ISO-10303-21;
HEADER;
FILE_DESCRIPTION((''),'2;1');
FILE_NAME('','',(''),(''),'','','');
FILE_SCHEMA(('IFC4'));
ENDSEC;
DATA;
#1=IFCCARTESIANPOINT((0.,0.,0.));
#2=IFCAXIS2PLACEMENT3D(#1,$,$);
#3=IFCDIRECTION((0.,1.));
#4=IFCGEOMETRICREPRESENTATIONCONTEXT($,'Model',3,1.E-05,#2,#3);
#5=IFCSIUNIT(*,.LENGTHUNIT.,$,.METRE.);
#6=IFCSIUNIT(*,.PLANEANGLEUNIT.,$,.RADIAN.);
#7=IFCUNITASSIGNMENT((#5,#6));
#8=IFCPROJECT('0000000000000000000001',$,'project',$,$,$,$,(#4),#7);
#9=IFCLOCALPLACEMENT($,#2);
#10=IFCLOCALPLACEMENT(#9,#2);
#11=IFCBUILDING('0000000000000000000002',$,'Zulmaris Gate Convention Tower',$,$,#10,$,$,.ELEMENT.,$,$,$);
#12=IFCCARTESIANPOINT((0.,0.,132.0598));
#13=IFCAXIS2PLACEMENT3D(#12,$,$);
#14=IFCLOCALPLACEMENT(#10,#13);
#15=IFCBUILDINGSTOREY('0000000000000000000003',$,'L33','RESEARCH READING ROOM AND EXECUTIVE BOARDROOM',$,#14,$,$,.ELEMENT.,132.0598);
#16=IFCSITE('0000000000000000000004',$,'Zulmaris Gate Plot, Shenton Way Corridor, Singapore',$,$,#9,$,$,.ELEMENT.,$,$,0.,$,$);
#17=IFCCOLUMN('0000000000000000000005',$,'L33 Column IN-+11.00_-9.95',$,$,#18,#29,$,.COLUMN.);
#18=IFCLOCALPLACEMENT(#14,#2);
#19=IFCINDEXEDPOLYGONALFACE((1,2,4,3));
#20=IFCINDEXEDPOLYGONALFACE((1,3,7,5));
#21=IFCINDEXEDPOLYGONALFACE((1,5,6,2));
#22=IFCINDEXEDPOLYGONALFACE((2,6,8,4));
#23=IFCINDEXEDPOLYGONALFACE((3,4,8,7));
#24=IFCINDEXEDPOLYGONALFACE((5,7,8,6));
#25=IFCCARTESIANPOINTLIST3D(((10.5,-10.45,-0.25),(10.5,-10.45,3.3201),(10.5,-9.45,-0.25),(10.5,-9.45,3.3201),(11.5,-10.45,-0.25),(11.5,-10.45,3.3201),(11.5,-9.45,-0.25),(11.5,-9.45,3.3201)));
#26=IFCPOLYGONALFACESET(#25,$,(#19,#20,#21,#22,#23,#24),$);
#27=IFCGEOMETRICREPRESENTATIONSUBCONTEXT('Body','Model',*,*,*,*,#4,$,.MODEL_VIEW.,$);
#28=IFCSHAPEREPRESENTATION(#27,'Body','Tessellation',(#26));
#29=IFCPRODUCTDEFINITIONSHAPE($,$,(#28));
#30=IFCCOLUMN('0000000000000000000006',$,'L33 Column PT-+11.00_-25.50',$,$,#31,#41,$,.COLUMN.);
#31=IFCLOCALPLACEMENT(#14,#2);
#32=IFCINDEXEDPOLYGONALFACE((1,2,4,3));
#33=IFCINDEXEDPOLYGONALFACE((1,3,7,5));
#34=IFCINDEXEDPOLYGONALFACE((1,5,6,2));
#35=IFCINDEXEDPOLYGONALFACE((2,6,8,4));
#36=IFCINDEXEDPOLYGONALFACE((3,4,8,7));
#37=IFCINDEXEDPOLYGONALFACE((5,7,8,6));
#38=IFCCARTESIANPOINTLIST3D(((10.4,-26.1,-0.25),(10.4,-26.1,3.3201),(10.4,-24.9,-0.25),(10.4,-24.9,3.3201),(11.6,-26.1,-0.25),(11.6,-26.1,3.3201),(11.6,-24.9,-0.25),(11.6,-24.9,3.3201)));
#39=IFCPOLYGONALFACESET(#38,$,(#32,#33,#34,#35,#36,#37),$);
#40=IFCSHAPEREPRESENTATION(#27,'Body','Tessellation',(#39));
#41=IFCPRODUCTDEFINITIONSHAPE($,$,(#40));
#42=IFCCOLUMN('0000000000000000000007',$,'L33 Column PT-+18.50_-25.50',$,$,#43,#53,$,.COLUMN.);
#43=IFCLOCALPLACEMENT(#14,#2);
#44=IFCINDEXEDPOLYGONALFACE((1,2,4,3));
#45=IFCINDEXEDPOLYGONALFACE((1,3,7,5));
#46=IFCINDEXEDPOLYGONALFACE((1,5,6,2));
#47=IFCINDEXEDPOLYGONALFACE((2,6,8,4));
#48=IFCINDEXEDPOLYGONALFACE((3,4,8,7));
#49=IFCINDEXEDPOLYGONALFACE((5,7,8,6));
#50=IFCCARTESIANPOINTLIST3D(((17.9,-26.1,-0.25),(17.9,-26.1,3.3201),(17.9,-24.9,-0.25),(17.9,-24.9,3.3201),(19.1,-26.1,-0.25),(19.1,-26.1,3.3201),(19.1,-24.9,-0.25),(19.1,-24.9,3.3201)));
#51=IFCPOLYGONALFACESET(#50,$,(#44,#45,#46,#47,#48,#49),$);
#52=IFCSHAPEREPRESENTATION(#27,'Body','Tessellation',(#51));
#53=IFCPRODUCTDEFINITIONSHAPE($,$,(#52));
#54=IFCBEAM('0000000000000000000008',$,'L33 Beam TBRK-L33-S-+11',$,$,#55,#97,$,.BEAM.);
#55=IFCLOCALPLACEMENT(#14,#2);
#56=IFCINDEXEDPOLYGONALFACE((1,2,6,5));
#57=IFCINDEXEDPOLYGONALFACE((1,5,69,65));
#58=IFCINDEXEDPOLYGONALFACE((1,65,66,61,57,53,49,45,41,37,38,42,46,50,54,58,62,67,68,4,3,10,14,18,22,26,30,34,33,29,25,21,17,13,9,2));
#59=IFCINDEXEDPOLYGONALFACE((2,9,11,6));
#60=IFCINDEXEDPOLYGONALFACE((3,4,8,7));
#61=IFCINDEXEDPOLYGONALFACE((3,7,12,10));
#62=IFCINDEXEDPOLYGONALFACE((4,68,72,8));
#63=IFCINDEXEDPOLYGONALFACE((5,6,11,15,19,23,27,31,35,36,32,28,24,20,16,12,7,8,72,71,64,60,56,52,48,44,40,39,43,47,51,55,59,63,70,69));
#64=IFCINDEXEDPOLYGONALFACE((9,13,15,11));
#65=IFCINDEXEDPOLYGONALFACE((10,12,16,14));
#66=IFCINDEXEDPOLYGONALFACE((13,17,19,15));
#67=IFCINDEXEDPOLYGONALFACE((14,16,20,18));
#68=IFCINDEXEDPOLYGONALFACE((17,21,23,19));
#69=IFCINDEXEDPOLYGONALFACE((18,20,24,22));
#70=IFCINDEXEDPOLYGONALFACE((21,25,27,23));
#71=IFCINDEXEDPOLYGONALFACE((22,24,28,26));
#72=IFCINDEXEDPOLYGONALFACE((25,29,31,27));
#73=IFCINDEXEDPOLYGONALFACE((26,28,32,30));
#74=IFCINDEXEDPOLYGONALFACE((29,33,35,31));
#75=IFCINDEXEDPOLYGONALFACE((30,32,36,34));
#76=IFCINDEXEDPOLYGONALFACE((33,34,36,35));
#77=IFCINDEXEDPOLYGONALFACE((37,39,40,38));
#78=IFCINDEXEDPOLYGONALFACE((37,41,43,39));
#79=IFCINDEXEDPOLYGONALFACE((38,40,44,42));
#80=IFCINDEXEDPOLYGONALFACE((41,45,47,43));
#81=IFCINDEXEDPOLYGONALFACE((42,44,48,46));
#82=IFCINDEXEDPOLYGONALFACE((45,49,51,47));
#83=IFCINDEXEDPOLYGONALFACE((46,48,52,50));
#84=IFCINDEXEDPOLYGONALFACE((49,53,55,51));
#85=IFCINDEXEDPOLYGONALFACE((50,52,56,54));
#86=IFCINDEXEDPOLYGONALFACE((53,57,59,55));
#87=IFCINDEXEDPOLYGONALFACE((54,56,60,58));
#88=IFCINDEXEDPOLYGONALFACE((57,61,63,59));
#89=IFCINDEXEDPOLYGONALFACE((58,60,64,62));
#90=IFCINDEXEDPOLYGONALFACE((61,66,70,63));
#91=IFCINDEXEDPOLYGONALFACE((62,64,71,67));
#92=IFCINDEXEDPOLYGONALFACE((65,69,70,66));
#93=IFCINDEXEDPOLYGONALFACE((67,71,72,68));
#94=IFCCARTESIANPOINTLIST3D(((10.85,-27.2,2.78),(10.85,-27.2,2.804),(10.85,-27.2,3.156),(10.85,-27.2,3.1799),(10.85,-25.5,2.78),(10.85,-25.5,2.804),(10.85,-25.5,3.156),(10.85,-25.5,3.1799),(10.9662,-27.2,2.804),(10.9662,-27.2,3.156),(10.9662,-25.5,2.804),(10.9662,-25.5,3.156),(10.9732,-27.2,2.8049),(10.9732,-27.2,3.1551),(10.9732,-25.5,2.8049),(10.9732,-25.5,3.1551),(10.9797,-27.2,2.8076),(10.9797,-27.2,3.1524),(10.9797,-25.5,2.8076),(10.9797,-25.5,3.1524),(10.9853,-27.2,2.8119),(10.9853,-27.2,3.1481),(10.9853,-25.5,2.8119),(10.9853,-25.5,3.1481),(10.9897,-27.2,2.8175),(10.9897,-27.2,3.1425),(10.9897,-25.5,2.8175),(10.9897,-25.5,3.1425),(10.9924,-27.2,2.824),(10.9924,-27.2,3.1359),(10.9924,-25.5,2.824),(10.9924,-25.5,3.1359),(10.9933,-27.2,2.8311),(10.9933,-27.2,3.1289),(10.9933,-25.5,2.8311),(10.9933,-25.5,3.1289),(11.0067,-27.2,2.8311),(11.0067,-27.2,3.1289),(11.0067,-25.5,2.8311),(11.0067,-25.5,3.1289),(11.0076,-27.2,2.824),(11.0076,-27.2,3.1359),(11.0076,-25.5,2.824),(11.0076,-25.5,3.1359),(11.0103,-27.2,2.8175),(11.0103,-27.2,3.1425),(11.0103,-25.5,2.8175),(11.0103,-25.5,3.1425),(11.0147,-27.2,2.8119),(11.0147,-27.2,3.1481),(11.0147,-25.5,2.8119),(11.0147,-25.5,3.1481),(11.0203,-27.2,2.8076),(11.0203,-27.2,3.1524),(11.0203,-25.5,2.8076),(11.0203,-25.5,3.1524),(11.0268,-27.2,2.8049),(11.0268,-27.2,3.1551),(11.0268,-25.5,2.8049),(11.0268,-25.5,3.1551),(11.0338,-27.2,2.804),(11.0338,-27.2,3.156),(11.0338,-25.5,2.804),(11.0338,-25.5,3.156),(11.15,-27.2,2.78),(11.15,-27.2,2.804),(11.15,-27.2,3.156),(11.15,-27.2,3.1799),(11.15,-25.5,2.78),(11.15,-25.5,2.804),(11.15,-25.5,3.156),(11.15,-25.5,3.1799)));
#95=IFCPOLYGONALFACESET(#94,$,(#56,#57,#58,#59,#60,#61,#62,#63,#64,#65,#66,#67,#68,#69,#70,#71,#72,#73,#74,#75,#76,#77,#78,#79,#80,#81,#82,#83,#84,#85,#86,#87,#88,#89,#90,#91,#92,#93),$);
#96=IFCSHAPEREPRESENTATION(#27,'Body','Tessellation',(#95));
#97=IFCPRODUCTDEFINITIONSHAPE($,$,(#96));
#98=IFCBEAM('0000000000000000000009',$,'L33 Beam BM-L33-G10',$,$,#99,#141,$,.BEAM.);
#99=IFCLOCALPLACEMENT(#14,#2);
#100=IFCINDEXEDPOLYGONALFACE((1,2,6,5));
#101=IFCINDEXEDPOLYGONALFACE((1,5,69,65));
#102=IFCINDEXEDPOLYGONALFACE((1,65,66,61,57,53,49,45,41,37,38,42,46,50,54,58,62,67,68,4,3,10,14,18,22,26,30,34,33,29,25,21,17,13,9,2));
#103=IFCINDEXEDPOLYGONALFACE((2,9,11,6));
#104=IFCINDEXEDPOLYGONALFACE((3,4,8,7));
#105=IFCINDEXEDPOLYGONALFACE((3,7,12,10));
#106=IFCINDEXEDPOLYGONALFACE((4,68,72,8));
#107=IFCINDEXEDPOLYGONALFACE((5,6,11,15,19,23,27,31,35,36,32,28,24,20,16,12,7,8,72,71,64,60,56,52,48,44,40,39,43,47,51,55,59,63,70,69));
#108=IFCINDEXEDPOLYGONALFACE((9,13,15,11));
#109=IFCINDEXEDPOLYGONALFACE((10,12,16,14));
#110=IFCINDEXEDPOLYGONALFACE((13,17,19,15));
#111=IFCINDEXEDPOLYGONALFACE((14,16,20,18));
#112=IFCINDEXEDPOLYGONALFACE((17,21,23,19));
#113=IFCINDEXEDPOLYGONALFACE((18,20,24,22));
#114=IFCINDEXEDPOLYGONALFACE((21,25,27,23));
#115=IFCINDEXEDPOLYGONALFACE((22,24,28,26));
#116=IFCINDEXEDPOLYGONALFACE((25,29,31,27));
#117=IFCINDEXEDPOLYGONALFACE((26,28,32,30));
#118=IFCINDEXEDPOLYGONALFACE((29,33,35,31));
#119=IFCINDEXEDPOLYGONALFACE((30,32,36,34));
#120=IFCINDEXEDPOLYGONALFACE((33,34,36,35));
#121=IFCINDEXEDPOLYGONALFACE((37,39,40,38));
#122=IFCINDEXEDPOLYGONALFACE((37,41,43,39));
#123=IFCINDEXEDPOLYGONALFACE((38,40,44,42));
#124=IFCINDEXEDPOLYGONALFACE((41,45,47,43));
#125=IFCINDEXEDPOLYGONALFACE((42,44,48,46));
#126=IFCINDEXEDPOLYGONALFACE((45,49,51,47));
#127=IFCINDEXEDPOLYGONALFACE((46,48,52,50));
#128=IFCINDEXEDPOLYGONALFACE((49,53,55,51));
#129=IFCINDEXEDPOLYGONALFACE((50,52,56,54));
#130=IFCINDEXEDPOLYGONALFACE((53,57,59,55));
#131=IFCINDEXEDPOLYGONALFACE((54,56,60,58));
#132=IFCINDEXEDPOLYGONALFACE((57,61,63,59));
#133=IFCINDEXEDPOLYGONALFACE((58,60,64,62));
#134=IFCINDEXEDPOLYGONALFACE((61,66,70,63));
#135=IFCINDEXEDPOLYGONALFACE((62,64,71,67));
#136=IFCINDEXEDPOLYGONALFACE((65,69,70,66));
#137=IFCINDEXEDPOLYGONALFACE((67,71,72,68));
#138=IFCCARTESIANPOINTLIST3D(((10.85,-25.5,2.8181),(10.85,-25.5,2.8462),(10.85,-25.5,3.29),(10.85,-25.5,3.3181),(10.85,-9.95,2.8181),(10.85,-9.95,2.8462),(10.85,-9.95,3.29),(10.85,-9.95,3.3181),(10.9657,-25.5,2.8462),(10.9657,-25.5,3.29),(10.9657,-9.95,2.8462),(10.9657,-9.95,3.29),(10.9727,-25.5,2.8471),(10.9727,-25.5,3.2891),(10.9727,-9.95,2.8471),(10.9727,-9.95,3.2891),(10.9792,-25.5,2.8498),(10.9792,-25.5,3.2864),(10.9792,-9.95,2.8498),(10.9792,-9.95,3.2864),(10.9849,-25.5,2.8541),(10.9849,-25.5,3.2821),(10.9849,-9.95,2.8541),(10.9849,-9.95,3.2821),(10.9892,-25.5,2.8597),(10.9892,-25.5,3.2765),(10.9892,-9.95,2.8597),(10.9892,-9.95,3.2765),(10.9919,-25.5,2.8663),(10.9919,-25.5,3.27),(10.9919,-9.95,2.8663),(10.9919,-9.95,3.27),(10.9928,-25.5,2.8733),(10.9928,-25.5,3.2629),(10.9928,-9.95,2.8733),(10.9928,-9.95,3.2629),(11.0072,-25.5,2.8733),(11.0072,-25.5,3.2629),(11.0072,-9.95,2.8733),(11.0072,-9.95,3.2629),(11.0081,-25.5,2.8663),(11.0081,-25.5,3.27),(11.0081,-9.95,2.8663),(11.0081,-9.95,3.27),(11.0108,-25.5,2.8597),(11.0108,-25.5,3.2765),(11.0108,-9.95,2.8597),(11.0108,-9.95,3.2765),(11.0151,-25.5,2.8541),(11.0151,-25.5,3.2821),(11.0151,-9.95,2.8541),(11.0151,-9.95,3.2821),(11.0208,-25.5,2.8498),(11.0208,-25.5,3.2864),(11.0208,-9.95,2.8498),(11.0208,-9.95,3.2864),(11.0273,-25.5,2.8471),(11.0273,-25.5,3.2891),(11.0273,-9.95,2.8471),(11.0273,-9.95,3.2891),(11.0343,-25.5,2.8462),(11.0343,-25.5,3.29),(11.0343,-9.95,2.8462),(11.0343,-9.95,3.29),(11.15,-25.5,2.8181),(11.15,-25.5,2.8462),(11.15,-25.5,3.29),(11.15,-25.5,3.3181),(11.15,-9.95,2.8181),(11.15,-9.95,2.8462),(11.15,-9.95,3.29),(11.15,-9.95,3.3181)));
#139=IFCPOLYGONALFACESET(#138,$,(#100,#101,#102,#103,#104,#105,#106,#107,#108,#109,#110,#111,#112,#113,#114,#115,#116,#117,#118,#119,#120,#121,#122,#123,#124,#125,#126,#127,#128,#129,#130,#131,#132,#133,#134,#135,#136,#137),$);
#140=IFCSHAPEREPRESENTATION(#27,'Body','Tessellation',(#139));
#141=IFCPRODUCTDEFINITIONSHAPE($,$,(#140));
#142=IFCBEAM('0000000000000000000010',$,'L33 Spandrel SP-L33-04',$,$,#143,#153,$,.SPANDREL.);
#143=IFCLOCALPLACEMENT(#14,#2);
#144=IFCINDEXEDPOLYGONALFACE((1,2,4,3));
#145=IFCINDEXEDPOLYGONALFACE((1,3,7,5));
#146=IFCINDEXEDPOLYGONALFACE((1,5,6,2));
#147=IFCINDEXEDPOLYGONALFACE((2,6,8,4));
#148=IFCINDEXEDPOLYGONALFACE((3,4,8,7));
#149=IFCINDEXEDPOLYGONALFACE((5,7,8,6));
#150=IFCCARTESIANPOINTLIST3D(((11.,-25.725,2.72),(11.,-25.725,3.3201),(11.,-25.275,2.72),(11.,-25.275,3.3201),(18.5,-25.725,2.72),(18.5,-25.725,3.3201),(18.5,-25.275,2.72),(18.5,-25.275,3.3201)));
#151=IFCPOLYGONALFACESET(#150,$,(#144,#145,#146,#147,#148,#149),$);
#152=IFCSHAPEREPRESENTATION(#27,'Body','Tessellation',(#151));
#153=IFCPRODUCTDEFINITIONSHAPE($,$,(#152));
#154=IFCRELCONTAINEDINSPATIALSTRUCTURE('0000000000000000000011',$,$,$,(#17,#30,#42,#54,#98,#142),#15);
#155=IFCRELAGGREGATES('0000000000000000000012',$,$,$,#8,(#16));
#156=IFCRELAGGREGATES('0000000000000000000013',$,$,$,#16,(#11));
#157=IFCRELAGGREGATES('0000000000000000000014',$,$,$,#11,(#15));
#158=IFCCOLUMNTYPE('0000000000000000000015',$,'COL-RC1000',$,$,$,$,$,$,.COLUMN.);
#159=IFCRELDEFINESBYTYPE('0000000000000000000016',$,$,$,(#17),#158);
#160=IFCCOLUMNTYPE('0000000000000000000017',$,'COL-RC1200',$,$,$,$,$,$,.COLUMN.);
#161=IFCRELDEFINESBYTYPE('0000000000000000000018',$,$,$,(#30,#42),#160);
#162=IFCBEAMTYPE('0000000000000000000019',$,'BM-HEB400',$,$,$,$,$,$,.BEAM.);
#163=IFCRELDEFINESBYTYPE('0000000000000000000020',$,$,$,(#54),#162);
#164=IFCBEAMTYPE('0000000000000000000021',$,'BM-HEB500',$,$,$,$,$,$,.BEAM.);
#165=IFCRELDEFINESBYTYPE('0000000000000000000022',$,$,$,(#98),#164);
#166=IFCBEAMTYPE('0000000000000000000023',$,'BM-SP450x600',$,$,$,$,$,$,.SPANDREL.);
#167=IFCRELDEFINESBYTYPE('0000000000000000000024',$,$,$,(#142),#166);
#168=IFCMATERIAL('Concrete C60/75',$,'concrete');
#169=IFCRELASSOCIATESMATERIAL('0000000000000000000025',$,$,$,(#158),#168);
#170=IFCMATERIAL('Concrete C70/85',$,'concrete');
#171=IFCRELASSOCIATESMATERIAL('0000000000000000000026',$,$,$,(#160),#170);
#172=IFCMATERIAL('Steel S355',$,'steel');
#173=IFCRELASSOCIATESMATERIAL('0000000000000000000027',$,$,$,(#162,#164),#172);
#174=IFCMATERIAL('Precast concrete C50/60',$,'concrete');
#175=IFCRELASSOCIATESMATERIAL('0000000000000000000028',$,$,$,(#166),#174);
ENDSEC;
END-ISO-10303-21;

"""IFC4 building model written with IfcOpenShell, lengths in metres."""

from ifc_helpers import new_model, si_unit, direction, frame, origin, origin_2d, place, context, subcontext, project, spatial, rectangle, i_section, extrude, material, material_profile, profile_set, type_object, element, save


model = new_model("IFC4")

# Units and contexts
model_context = context("Model", 3, precision=1e-05, world=origin(), true_north=direction((0.0, 1.0)))
body_context = subcontext(model_context, "Body", "Model", "MODEL_VIEW")
ifc_project = project(units=[si_unit("LENGTHUNIT", "METRE"), si_unit("PLANEANGLEUNIT", "RADIAN")], contexts=[model_context])

# Site, building, storey
site_placement = place(None, origin())
site = spatial("IfcSite", under=ifc_project, at=site_placement, Name="Zulmaris Gate Plot, Shenton Way Corridor, Singapore", CompositionType="ELEMENT", RefElevation=0.0)
building_placement = place(site_placement, origin())
building = spatial("IfcBuilding", under=site, at=building_placement, Name="Zulmaris Gate Convention Tower", CompositionType="ELEMENT")
storey_placement = place(building_placement, frame((0.0, 0.0, 132.0598)))
storey = spatial("IfcBuildingStorey", under=building, at=storey_placement, Name="L33", Description="RESEARCH READING ROOM AND EXECUTIVE BOARDROOM", CompositionType="ELEMENT", Elevation=132.0598)

# Columns
ifc_material_1 = material(Name="Concrete C60/75", Category="concrete")
ifc_material_profile_1 = material_profile(ifc_material_1, rectangle(XDim=1.0, YDim=1.0, at=origin_2d()), Name="RC COL 1000x1000")
ifc_profile_set_1 = profile_set([ifc_material_profile_1], Name="Concrete C60/75")
column_type_1 = type_object("IfcColumnType", Name="COL-RC1000", PredefinedType="COLUMN", material=ifc_profile_set_1)
column_placement = place(storey_placement, frame((11.0, -9.95, -0.25), z_axis=(0.0, 0.0, 1.0), x_axis=(1.0, 0.0, 0.0)))
element("IfcColumn", 1, at=column_placement, inside=storey, type_object=column_type_1, Name="L33 Column IN-+11.00_-9.95", PredefinedType="COLUMN", context=body_context, shape_type="SweptSolid", body=[
    extrude(rectangle(XDim=1.0, YDim=1.0, at=origin_2d()), origin(), (0.0, 0.0, 1.0), 3.5701),
])
ifc_material_2 = material(Name="Concrete C70/85", Category="concrete")
ifc_material_profile_2 = material_profile(ifc_material_2, rectangle(XDim=1.2, YDim=1.2, at=origin_2d()), Name="RC COL 1200x1200")
ifc_profile_set_2 = profile_set([ifc_material_profile_2], Name="Concrete C70/85")
column_type_2 = type_object("IfcColumnType", Name="COL-RC1200", PredefinedType="COLUMN", material=ifc_profile_set_2)
for number, where, z_axis, x_axis, name in (
    (2, (11.0, -25.5, -0.25), (0.0, 0.0, 1.0), (1.0, 0.0, 0.0), "L33 Column PT-+11.00_-25.50"),
    (3, (18.5, -25.5, -0.25), (0.0, 0.0, 1.0), (1.0, 0.0, 0.0), "L33 Column PT-+18.50_-25.50"),
):
    element("IfcColumn", number, at=place(storey_placement, frame(where, z_axis=z_axis, x_axis=x_axis)), inside=storey, type_object=column_type_2, Name=name, PredefinedType="COLUMN", context=body_context, shape_type="SweptSolid", body=[
        extrude(rectangle(XDim=1.2, YDim=1.2, at=origin_2d()), origin(), (0.0, 0.0, 1.0), 3.5701),
    ])

# Beams
ifc_material_3 = material(Name="Steel S355", Category="steel")
ifc_material_profile_3 = material_profile(ifc_material_3, i_section(OverallWidth=0.3, OverallDepth=0.3999, WebThickness=0.0134, FlangeThickness=0.0239, FilletRadius=0.0271, at=origin_2d()), Name="HEB 400")
ifc_profile_set_3 = profile_set([ifc_material_profile_3], Name="Steel S355")
beam_type_1 = type_object("IfcBeamType", Name="BM-HEB400", PredefinedType="BEAM", material=ifc_profile_set_3)
beam_1_placement = place(storey_placement, frame((11.0, -27.2, 2.98), z_axis=(0.0, 1.0, 0.0), x_axis=(-1.0, 0.0, 0.0)))
element("IfcBeam", 4, at=beam_1_placement, inside=storey, type_object=beam_type_1, Name="L33 Beam TBRK-L33-S-+11", PredefinedType="BEAM", context=body_context, shape_type="SweptSolid", body=[
    extrude(i_section(OverallWidth=0.3, OverallDepth=0.3999, WebThickness=0.0134, FlangeThickness=0.0239, FilletRadius=0.0271, at=origin_2d()), origin(), (0.0, 0.0, 1.0), 1.7),
])
ifc_material_profile_4 = material_profile(ifc_material_3, i_section(OverallWidth=0.3, OverallDepth=0.5, WebThickness=0.0144, FlangeThickness=0.0281, FilletRadius=0.0271, at=origin_2d()), Name="HEB 500")
ifc_profile_set_4 = profile_set([ifc_material_profile_4], Name="Steel S355")
beam_type_2 = type_object("IfcBeamType", Name="BM-HEB500", PredefinedType="BEAM", material=ifc_profile_set_4)
beam_2_placement = place(storey_placement, frame((11.0, -25.5, 3.0681), z_axis=(0.0, 1.0, 0.0), x_axis=(-1.0, 0.0, 0.0)))
element("IfcBeam", 5, at=beam_2_placement, inside=storey, type_object=beam_type_2, Name="L33 Beam BM-L33-G10", PredefinedType="BEAM", context=body_context, shape_type="SweptSolid", body=[
    extrude(i_section(OverallWidth=0.3, OverallDepth=0.5, WebThickness=0.0144, FlangeThickness=0.0281, FilletRadius=0.0271, at=origin_2d()), origin(), (0.0, 0.0, 1.0), 15.55),
])
ifc_material_4 = material(Name="Precast concrete C50/60", Category="concrete")
ifc_material_profile_5 = material_profile(ifc_material_4, rectangle(XDim=0.45, YDim=0.6001, at=origin_2d()), Name="RC SPANDREL 450x600")
ifc_profile_set_5 = profile_set([ifc_material_profile_5], Name="Precast concrete C50/60")
beam_type_3 = type_object("IfcBeamType", Name="BM-SP450x600", PredefinedType="SPANDREL", material=ifc_profile_set_5)
beam_3_placement = place(storey_placement, frame((11.0, -25.5, 3.02), z_axis=(1.0, 0.0, 0.0), x_axis=(0.0, 1.0, 0.0)))
element("IfcBeam", 6, at=beam_3_placement, inside=storey, type_object=beam_type_3, Name="L33 Spandrel SP-L33-04", PredefinedType="SPANDREL", context=body_context, shape_type="SweptSolid", body=[
    extrude(rectangle(XDim=0.45, YDim=0.6001, at=origin_2d()), origin(), (0.0, 0.0, 1.0), 7.5),
])

save(model, "model.ifc")
